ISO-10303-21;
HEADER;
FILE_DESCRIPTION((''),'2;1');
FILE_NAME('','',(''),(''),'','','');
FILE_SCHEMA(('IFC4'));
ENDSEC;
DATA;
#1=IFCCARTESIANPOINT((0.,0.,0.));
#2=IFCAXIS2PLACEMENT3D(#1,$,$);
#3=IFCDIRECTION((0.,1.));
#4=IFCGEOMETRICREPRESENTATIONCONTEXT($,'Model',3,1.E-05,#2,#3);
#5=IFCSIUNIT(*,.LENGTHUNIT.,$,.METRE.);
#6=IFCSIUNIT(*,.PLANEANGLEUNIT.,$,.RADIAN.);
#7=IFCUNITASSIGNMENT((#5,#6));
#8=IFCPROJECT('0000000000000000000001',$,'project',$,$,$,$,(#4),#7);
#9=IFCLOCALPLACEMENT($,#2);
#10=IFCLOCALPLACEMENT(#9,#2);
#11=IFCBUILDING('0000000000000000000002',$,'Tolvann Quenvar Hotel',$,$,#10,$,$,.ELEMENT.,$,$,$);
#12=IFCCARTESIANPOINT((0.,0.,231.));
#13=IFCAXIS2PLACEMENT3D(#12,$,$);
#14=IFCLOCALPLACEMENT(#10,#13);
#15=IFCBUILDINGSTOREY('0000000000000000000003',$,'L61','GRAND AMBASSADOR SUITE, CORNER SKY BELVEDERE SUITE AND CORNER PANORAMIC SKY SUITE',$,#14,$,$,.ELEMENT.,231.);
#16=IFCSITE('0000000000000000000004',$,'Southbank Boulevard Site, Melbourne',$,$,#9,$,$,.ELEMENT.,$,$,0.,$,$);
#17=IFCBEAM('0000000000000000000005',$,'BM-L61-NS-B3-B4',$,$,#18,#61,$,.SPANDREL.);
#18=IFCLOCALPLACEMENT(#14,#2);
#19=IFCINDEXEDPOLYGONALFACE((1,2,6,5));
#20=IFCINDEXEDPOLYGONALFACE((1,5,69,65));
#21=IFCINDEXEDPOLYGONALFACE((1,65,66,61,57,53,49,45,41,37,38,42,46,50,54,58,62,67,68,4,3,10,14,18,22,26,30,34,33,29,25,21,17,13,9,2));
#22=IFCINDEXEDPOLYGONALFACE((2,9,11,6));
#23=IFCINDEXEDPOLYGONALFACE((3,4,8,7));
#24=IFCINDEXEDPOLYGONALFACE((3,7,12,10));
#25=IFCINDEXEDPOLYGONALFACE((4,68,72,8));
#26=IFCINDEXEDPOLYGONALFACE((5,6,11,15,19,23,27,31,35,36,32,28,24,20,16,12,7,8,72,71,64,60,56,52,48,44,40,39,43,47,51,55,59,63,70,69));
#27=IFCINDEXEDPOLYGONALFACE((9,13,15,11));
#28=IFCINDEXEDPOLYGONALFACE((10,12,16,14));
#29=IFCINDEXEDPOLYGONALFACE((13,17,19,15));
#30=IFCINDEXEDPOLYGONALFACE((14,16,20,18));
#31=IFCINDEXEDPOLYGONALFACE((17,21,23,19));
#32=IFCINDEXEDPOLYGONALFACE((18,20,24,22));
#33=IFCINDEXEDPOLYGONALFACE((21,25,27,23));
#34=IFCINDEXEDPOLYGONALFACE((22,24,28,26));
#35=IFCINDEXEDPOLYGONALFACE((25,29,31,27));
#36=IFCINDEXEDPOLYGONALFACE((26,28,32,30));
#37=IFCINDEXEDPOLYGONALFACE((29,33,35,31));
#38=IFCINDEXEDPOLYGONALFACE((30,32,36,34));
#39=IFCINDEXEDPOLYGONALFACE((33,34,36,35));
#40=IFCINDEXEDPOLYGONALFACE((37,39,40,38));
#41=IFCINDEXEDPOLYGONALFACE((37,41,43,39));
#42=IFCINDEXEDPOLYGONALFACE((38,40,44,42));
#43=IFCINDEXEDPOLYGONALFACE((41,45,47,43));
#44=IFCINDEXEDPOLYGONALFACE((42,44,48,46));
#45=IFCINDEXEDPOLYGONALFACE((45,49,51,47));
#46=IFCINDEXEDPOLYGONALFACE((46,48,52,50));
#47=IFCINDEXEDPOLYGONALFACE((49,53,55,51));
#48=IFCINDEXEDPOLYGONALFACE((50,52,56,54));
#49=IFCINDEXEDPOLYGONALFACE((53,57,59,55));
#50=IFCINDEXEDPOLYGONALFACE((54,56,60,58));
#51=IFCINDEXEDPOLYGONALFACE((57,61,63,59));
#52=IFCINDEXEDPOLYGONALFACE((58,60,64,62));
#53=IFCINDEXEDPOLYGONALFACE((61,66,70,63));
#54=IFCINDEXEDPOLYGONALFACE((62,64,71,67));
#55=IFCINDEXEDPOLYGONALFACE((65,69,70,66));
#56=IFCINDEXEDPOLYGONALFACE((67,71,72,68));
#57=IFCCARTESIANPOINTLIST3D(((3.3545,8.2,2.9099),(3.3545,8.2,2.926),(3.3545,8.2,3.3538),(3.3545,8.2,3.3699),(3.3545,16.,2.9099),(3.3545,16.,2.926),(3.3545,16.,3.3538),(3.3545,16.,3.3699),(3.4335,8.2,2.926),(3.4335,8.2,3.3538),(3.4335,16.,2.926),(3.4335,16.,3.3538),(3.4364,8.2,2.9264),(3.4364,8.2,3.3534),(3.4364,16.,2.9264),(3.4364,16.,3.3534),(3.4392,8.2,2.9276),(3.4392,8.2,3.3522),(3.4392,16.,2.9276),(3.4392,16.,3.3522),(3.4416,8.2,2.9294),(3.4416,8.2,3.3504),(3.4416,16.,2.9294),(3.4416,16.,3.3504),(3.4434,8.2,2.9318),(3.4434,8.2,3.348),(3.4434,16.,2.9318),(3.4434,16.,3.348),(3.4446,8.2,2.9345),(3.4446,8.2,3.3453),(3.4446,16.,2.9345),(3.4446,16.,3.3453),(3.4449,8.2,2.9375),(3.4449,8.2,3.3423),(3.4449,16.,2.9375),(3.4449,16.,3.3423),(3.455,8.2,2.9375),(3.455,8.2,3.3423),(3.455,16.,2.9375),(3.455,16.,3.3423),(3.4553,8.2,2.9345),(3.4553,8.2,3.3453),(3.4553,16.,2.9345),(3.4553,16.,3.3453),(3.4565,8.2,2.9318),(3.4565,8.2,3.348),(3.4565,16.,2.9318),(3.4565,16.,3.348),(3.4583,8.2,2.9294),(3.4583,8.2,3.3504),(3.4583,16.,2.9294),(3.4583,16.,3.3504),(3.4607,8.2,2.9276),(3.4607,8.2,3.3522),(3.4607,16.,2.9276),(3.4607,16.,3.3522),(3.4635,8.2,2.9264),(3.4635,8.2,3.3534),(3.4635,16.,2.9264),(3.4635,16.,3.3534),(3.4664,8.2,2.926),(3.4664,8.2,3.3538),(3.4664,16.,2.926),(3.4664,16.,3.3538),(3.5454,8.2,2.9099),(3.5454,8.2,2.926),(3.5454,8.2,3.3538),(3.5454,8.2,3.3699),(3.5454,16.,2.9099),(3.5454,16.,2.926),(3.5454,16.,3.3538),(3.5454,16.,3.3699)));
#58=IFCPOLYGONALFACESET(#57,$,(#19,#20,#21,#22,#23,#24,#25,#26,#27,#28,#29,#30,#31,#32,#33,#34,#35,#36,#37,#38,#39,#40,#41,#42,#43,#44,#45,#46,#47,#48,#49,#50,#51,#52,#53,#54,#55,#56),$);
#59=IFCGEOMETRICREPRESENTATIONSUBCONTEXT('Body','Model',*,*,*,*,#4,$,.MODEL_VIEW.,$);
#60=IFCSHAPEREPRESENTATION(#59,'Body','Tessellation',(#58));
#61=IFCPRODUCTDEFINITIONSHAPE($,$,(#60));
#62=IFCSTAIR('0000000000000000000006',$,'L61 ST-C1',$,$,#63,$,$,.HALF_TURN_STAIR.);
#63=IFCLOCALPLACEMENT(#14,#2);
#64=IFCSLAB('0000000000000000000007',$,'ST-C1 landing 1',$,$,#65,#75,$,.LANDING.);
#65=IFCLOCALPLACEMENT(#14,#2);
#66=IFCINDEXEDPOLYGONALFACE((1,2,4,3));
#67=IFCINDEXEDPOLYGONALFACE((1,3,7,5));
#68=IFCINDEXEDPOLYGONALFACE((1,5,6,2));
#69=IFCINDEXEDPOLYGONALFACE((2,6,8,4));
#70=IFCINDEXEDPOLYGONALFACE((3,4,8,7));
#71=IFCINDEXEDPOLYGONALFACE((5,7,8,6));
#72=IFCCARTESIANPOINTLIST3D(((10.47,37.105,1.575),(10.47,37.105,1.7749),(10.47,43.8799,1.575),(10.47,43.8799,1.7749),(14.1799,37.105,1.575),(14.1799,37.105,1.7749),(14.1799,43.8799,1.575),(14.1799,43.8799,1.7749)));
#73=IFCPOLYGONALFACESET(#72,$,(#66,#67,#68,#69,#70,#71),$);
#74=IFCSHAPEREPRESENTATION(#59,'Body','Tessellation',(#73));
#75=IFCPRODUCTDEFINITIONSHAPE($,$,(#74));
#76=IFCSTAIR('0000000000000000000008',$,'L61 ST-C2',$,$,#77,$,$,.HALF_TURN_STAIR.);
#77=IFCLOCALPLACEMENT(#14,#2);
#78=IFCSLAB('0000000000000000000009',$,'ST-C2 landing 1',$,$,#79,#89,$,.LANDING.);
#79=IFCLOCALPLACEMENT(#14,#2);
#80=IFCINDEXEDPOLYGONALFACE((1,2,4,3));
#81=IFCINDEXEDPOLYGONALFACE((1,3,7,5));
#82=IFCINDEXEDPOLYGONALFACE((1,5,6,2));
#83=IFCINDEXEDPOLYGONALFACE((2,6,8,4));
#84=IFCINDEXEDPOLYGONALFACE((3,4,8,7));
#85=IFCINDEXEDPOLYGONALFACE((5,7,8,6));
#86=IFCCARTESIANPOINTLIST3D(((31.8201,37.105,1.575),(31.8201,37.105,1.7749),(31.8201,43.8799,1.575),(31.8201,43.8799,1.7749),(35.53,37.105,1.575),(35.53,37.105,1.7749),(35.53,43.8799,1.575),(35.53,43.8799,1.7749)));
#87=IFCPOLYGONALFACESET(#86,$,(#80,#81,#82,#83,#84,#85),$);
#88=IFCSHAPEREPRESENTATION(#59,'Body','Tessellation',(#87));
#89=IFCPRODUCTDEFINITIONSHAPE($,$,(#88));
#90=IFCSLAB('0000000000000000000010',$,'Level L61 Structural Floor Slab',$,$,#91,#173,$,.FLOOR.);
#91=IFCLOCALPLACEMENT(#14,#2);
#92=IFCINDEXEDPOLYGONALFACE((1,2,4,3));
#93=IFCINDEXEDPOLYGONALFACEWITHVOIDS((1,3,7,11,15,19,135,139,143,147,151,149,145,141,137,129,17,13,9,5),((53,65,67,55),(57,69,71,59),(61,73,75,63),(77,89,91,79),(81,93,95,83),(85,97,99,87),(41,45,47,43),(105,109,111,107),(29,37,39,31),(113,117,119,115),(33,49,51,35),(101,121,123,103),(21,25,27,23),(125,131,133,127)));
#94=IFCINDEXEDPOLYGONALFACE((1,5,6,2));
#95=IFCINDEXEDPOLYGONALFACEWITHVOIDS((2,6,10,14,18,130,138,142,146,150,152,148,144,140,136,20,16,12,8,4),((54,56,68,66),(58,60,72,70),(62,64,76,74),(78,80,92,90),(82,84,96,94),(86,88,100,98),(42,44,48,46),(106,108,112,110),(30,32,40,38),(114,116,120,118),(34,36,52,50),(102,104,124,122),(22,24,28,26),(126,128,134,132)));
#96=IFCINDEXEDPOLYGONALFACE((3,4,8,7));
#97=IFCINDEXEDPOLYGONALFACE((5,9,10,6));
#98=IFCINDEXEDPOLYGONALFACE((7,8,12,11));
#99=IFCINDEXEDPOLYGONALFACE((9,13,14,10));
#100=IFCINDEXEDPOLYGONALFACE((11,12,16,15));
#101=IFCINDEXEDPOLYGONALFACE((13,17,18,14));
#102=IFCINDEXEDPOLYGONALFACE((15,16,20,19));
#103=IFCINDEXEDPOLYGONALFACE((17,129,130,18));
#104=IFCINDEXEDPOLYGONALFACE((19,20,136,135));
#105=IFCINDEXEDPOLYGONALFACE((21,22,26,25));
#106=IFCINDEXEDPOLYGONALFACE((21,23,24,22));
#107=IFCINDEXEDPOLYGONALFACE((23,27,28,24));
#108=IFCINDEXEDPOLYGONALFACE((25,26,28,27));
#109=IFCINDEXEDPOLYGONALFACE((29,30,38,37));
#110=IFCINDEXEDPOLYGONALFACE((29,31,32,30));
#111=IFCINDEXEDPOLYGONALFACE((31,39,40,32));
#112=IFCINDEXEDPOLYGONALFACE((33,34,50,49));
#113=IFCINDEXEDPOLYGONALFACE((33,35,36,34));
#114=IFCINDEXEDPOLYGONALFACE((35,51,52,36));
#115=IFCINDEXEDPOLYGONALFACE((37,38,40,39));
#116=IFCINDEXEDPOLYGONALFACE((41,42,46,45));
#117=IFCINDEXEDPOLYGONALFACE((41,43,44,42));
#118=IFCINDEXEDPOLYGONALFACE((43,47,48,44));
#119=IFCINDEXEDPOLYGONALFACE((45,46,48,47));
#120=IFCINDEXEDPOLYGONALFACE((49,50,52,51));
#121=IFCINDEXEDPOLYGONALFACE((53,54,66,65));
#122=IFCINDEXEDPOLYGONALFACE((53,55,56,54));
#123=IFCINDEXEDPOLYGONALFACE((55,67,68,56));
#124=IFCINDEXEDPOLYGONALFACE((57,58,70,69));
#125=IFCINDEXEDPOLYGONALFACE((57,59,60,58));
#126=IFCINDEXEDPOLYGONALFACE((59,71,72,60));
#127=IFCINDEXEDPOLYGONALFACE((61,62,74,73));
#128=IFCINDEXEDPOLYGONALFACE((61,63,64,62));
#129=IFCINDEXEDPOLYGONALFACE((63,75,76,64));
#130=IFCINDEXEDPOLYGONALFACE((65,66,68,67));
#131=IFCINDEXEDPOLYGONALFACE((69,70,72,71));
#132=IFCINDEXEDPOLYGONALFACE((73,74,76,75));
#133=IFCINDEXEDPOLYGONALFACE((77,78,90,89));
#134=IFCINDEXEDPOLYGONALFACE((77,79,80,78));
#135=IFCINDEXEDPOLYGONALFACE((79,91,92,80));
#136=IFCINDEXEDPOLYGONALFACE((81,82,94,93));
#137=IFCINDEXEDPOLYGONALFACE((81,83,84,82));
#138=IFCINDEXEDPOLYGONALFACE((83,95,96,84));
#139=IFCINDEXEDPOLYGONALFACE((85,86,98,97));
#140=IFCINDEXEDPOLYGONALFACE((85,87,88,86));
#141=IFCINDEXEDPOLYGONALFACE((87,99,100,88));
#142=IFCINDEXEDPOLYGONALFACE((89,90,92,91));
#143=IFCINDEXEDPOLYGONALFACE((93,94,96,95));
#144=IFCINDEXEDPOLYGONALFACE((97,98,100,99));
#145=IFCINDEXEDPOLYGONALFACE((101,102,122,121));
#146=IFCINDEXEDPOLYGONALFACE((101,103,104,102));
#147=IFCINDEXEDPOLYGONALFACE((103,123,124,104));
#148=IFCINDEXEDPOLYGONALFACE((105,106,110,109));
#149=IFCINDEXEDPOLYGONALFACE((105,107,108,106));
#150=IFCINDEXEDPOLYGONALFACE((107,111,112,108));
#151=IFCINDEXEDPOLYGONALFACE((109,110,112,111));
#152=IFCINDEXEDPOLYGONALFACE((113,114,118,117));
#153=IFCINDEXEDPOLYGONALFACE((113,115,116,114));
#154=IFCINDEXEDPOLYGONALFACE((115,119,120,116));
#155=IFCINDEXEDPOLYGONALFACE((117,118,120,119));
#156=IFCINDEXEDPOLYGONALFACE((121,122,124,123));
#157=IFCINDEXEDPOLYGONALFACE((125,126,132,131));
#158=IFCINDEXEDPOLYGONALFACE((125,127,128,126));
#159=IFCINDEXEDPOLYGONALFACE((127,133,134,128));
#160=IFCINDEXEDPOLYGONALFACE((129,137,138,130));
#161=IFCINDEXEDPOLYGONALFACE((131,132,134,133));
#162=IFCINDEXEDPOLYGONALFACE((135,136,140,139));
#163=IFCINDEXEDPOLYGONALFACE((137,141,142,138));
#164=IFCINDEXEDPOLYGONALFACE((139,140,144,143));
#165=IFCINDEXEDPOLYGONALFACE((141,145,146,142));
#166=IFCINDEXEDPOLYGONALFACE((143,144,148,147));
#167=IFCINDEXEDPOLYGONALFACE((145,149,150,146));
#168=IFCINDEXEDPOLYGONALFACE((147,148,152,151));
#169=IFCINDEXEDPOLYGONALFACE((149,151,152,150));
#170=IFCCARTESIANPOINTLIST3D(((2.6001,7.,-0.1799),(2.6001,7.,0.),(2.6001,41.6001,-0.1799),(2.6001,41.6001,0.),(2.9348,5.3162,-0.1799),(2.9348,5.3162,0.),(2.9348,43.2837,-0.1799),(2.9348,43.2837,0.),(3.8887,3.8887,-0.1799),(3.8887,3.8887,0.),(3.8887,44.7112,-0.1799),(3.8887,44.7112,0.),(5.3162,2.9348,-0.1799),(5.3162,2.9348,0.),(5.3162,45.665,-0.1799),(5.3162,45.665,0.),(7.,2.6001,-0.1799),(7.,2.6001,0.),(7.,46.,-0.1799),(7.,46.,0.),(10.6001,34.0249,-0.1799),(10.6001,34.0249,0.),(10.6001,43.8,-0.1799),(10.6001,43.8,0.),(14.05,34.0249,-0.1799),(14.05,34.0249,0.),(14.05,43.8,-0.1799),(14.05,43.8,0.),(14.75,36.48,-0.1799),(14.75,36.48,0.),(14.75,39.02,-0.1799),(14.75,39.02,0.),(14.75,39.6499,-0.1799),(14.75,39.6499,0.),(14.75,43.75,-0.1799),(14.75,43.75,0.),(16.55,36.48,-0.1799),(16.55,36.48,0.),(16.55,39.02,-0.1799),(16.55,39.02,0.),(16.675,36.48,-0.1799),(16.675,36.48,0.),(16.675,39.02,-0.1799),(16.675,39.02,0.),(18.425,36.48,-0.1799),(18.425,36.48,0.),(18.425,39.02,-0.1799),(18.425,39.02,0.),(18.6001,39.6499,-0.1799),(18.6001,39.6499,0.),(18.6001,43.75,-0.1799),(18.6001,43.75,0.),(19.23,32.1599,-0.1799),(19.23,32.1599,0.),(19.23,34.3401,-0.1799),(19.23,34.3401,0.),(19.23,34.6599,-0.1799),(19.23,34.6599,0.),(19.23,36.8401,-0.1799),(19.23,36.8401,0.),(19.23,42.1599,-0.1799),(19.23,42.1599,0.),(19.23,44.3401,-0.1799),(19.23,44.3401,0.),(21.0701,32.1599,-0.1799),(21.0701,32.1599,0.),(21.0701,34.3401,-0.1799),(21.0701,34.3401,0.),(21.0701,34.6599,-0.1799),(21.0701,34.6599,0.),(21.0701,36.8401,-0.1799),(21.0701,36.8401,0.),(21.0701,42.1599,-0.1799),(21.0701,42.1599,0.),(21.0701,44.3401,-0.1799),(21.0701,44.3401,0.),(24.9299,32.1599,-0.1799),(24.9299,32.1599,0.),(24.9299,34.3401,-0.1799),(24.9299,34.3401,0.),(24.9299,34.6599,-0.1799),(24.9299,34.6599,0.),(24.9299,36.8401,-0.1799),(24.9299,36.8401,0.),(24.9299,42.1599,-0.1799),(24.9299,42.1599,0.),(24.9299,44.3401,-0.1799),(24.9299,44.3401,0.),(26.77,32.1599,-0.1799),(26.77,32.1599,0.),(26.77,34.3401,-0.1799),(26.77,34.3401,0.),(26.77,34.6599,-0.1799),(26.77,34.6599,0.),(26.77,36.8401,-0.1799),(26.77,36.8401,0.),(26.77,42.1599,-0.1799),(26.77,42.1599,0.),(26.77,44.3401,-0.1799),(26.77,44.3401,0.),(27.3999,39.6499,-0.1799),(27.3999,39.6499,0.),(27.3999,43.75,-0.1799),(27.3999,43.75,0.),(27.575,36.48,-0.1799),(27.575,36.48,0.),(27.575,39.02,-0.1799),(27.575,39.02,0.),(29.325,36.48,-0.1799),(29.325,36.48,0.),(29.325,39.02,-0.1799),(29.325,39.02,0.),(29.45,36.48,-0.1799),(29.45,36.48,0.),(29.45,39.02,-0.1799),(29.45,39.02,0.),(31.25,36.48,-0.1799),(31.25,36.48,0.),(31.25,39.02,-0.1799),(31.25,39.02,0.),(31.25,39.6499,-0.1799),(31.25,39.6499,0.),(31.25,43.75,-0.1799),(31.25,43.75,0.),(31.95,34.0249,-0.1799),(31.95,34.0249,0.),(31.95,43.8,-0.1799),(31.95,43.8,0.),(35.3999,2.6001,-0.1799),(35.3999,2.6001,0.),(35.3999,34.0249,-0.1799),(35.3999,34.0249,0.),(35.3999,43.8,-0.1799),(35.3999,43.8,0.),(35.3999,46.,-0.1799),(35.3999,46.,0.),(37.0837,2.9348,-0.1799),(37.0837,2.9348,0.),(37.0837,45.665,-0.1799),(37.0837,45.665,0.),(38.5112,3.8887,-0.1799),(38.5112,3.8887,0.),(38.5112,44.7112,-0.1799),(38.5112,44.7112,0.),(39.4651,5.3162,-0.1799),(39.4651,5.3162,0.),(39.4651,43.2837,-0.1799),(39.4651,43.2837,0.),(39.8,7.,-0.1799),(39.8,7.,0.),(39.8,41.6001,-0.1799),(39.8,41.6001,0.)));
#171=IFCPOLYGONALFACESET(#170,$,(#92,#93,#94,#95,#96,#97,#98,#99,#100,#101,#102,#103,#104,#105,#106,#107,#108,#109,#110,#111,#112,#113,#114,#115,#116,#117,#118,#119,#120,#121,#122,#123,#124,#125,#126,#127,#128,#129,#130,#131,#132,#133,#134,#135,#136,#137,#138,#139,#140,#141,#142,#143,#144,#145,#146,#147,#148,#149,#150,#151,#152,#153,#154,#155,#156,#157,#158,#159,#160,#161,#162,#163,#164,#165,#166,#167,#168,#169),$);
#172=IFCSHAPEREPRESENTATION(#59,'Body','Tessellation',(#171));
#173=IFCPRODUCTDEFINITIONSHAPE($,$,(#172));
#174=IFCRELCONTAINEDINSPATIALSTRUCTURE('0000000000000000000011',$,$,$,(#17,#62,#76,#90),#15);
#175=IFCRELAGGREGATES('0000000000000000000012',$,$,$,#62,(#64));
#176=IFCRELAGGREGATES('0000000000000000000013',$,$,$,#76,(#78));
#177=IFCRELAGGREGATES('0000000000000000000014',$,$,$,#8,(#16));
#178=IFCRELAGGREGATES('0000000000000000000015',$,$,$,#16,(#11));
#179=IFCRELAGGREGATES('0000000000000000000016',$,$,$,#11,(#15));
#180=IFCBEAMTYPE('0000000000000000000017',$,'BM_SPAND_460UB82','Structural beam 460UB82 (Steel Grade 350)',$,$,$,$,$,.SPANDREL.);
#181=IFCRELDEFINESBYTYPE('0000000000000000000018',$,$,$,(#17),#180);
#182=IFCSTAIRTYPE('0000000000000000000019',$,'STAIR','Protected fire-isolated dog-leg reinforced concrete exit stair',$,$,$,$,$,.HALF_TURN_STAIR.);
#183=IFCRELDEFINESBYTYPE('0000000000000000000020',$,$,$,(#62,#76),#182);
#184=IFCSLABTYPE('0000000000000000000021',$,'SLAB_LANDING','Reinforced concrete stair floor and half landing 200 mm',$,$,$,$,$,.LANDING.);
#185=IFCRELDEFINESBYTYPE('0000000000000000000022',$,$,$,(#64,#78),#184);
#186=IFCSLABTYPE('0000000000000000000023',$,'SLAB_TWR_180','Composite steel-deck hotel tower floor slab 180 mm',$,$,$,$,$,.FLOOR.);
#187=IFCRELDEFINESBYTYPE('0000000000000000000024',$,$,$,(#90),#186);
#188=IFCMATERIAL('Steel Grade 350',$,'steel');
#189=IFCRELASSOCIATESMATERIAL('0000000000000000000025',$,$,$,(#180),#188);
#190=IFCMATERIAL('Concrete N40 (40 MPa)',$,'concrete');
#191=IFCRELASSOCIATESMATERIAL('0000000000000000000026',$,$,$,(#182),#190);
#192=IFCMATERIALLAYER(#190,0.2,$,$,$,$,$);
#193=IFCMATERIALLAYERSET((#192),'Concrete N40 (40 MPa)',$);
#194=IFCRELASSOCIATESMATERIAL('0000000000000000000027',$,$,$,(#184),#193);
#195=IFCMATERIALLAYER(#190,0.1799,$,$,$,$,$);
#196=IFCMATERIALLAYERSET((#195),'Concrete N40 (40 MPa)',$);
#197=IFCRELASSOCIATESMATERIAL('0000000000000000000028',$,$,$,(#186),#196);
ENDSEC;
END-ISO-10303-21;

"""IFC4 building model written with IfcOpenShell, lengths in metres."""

from ifc_helpers import new_model, si_unit, direction, frame, origin, origin_2d, place, context, subcontext, project, spatial, polyline, i_section, outline, extrude, source, transform, mapped, material, layer, layer_set, material_profile, profile_set, type_object, element, aggregate, save


model = new_model("IFC4")

# Units and contexts
model_context = context("Model", 3, precision=1e-05, world=origin(), true_north=direction((0.0, 1.0)))
body_context = subcontext(model_context, "Body", "Model", "MODEL_VIEW")
ifc_project = project(units=[si_unit("LENGTHUNIT", "METRE"), si_unit("PLANEANGLEUNIT", "RADIAN")], contexts=[model_context])

# Site, building, storey
site_placement = place(None, origin())
site = spatial("IfcSite", under=ifc_project, at=site_placement, Name="Southbank Boulevard Site, Melbourne", CompositionType="ELEMENT", RefElevation=0.0)
building_placement = place(site_placement, origin())
building = spatial("IfcBuilding", under=site, at=building_placement, Name="Tolvann Quenvar Hotel", CompositionType="ELEMENT")
storey_placement = place(building_placement, frame((0.0, 0.0, 231.0)))
storey = spatial("IfcBuildingStorey", under=building, at=storey_placement, Name="L61", Description="GRAND AMBASSADOR SUITE, CORNER SKY BELVEDERE SUITE AND CORNER PANORAMIC SKY SUITE", CompositionType="ELEMENT", Elevation=231.0)

# Beam
ifc_material_1 = material(Name="Steel Grade 350", Category="steel")
ifc_material_profile_1 = material_profile(ifc_material_1, i_section(OverallWidth=0.1909, OverallDepth=0.46, WebThickness=0.01, FlangeThickness=0.0161, FilletRadius=0.0115, at=origin_2d()), Name="460UB82")
ifc_profile_set_1 = profile_set([ifc_material_profile_1], Name="Steel Grade 350")
beam_type_1 = type_object("IfcBeamType", Name="BM_SPAND_460UB82", Description="Structural beam 460UB82 (Steel Grade 350)", PredefinedType="SPANDREL", material=ifc_profile_set_1)
shared_shape_1 = source(origin(), body_context, "Body", "SweptSolid", [
    extrude(i_section(OverallWidth=0.1909, OverallDepth=0.46, WebThickness=0.01, FlangeThickness=0.0161, FilletRadius=0.0115, at=origin_2d()), origin(), (0.0, 0.0, 1.0), 7.8),
])
beam_1_placement = place(storey_placement, frame((3.45, 8.2, 3.1399), z_axis=(0.0, 1.0, 0.0), x_axis=(-1.0, 0.0, 0.0)))
element("IfcBeam", 1, at=beam_1_placement, inside=storey, type_object=beam_type_1, Name="BM-L61-NS-B3-B4", PredefinedType="SPANDREL", context=body_context, shape_type="MappedRepresentation", body=[
    mapped(shared_shape_1, transform((0.0, 0.0, 0.0), x_axis=(1.0, 0.0, 0.0), y_axis=(0.0, 1.0, 0.0), z_axis=(0.0, 0.0, 1.0), scale=1.0)),
])

# Stairs, slabs
ifc_material_2 = material(Name="Concrete N40 (40 MPa)", Category="concrete")
stair_type = type_object("IfcStairType", Name="STAIR", Description="Protected fire-isolated dog-leg reinforced concrete exit stair", PredefinedType="HALF_TURN_STAIR", material=ifc_material_2)
stair_1_placement = place(storey_placement, origin())
stair_1 = element("IfcStair", 2, at=stair_1_placement, inside=storey, type_object=stair_type, Name="L61 ST-C1", PredefinedType="HALF_TURN_STAIR")
ifc_layer_1 = layer(ifc_material_2, 0.2)
ifc_layer_set_1 = layer_set([ifc_layer_1], Name="Concrete N40 (40 MPa)")
slab_type_1 = type_object("IfcSlabType", Name="SLAB_LANDING", Description="Reinforced concrete stair floor and half landing 200 mm", PredefinedType="LANDING", material=ifc_layer_set_1)
slab_1_placement = place(storey_placement, frame((0.0, 0.0, 1.575)))
slab_1 = element("IfcSlab", 3, at=slab_1_placement, type_object=slab_type_1, Name="ST-C1 landing 1", PredefinedType="LANDING", context=body_context, shape_type="SweptSolid", body=[
    extrude(outline(polyline([(14.1799, 37.105), (14.1799, 43.8799), (10.47, 43.8799), (10.47, 37.105), (14.1799, 37.105)])), origin(), (0.0, 0.0, 1.0), 0.2),
])
aggregate(stair_1, [slab_1])
stair_2_placement = place(storey_placement, origin())
stair_2 = element("IfcStair", 4, at=stair_2_placement, inside=storey, type_object=stair_type, Name="L61 ST-C2", PredefinedType="HALF_TURN_STAIR")
slab_2_placement = place(storey_placement, frame((0.0, 0.0, 1.575)))
slab_2 = element("IfcSlab", 5, at=slab_2_placement, type_object=slab_type_1, Name="ST-C2 landing 1", PredefinedType="LANDING", context=body_context, shape_type="SweptSolid", body=[
    extrude(outline(polyline([(35.53, 37.105), (35.53, 43.8799), (31.8201, 43.8799), (31.8201, 37.105), (35.53, 37.105)])), origin(), (0.0, 0.0, 1.0), 0.2),
])
aggregate(stair_2, [slab_2])

# Slab
ifc_layer_2 = layer(ifc_material_2, 0.1799)
ifc_layer_set_2 = layer_set([ifc_layer_2], Name="Concrete N40 (40 MPa)")
slab_type_2 = type_object("IfcSlabType", Name="SLAB_TWR_180", Description="Composite steel-deck hotel tower floor slab 180 mm", PredefinedType="FLOOR", material=ifc_layer_set_2)
slab_3_placement = place(storey_placement, frame((0.0, 0.0, -0.1799)))
element("IfcSlab", 6, at=slab_3_placement, inside=storey, type_object=slab_type_2, Name="Level L61 Structural Floor Slab", PredefinedType="FLOOR", context=body_context, shape_type="SweptSolid", body=[
    extrude(outline(polyline([(2.6001, 7.0), (2.9348, 5.3162), (3.8887, 3.8887), (5.3162, 2.9348), (7.0, 2.6001), (35.3999, 2.6001), (37.0837, 2.9348), (38.5112, 3.8887), (39.4651, 5.3162), (39.8, 7.0), (39.8, 41.6001), (39.4651, 43.2837), (38.5112, 44.7112), (37.0837, 45.665), (35.3999, 46.0), (7.0, 46.0), (5.3162, 45.665), (3.8887, 44.7112), (2.9348, 43.2837), (2.6001, 41.6001), (2.6001, 7.0)]), holes=[polyline([(31.95, 34.0249), (31.95, 43.8), (35.3999, 43.8), (35.3999, 34.0249), (31.95, 34.0249)]), polyline([(27.3999, 43.75), (31.25, 43.75), (31.25, 39.6499), (27.3999, 39.6499), (27.3999, 43.75)]), polyline([(29.45, 39.02), (31.25, 39.02), (31.25, 36.48), (29.45, 36.48), (29.45, 39.02)]), polyline([(27.575, 39.02), (29.325, 39.02), (29.325, 36.48), (27.575, 36.48), (27.575, 39.02)]), polyline([(24.9299, 36.8401), (26.77, 36.8401), (26.77, 34.6599), (24.9299, 34.6599), (24.9299, 36.8401)]), polyline([(24.9299, 44.3401), (26.77, 44.3401), (26.77, 42.1599), (24.9299, 42.1599), (24.9299, 44.3401)]), polyline([(24.9299, 32.1599), (24.9299, 34.3401), (26.77, 34.3401), (26.77, 32.1599), (24.9299, 32.1599)]), polyline([(19.23, 36.8401), (21.0701, 36.8401), (21.0701, 34.6599), (19.23, 34.6599), (19.23, 36.8401)]), polyline([(19.23, 44.3401), (21.0701, 44.3401), (21.0701, 42.1599), (19.23, 42.1599), (19.23, 44.3401)]), polyline([(19.23, 32.1599), (19.23, 34.3401), (21.0701, 34.3401), (21.0701, 32.1599), (19.23, 32.1599)]), polyline([(14.75, 43.75), (18.6001, 43.75), (18.6001, 39.6499), (14.75, 39.6499), (14.75, 43.75)]), polyline([(16.675, 39.02), (18.425, 39.02), (18.425, 36.48), (16.675, 36.48), (16.675, 39.02)]), polyline([(14.75, 39.02), (16.55, 39.02), (16.55, 36.48), (14.75, 36.48), (14.75, 39.02)]), polyline([(10.6001, 34.0249), (10.6001, 43.8), (14.05, 43.8), (14.05, 34.0249), (10.6001, 34.0249)])]), origin(), (0.0, 0.0, 1.0), 0.1799),
])

save(model, "model.ifc")
